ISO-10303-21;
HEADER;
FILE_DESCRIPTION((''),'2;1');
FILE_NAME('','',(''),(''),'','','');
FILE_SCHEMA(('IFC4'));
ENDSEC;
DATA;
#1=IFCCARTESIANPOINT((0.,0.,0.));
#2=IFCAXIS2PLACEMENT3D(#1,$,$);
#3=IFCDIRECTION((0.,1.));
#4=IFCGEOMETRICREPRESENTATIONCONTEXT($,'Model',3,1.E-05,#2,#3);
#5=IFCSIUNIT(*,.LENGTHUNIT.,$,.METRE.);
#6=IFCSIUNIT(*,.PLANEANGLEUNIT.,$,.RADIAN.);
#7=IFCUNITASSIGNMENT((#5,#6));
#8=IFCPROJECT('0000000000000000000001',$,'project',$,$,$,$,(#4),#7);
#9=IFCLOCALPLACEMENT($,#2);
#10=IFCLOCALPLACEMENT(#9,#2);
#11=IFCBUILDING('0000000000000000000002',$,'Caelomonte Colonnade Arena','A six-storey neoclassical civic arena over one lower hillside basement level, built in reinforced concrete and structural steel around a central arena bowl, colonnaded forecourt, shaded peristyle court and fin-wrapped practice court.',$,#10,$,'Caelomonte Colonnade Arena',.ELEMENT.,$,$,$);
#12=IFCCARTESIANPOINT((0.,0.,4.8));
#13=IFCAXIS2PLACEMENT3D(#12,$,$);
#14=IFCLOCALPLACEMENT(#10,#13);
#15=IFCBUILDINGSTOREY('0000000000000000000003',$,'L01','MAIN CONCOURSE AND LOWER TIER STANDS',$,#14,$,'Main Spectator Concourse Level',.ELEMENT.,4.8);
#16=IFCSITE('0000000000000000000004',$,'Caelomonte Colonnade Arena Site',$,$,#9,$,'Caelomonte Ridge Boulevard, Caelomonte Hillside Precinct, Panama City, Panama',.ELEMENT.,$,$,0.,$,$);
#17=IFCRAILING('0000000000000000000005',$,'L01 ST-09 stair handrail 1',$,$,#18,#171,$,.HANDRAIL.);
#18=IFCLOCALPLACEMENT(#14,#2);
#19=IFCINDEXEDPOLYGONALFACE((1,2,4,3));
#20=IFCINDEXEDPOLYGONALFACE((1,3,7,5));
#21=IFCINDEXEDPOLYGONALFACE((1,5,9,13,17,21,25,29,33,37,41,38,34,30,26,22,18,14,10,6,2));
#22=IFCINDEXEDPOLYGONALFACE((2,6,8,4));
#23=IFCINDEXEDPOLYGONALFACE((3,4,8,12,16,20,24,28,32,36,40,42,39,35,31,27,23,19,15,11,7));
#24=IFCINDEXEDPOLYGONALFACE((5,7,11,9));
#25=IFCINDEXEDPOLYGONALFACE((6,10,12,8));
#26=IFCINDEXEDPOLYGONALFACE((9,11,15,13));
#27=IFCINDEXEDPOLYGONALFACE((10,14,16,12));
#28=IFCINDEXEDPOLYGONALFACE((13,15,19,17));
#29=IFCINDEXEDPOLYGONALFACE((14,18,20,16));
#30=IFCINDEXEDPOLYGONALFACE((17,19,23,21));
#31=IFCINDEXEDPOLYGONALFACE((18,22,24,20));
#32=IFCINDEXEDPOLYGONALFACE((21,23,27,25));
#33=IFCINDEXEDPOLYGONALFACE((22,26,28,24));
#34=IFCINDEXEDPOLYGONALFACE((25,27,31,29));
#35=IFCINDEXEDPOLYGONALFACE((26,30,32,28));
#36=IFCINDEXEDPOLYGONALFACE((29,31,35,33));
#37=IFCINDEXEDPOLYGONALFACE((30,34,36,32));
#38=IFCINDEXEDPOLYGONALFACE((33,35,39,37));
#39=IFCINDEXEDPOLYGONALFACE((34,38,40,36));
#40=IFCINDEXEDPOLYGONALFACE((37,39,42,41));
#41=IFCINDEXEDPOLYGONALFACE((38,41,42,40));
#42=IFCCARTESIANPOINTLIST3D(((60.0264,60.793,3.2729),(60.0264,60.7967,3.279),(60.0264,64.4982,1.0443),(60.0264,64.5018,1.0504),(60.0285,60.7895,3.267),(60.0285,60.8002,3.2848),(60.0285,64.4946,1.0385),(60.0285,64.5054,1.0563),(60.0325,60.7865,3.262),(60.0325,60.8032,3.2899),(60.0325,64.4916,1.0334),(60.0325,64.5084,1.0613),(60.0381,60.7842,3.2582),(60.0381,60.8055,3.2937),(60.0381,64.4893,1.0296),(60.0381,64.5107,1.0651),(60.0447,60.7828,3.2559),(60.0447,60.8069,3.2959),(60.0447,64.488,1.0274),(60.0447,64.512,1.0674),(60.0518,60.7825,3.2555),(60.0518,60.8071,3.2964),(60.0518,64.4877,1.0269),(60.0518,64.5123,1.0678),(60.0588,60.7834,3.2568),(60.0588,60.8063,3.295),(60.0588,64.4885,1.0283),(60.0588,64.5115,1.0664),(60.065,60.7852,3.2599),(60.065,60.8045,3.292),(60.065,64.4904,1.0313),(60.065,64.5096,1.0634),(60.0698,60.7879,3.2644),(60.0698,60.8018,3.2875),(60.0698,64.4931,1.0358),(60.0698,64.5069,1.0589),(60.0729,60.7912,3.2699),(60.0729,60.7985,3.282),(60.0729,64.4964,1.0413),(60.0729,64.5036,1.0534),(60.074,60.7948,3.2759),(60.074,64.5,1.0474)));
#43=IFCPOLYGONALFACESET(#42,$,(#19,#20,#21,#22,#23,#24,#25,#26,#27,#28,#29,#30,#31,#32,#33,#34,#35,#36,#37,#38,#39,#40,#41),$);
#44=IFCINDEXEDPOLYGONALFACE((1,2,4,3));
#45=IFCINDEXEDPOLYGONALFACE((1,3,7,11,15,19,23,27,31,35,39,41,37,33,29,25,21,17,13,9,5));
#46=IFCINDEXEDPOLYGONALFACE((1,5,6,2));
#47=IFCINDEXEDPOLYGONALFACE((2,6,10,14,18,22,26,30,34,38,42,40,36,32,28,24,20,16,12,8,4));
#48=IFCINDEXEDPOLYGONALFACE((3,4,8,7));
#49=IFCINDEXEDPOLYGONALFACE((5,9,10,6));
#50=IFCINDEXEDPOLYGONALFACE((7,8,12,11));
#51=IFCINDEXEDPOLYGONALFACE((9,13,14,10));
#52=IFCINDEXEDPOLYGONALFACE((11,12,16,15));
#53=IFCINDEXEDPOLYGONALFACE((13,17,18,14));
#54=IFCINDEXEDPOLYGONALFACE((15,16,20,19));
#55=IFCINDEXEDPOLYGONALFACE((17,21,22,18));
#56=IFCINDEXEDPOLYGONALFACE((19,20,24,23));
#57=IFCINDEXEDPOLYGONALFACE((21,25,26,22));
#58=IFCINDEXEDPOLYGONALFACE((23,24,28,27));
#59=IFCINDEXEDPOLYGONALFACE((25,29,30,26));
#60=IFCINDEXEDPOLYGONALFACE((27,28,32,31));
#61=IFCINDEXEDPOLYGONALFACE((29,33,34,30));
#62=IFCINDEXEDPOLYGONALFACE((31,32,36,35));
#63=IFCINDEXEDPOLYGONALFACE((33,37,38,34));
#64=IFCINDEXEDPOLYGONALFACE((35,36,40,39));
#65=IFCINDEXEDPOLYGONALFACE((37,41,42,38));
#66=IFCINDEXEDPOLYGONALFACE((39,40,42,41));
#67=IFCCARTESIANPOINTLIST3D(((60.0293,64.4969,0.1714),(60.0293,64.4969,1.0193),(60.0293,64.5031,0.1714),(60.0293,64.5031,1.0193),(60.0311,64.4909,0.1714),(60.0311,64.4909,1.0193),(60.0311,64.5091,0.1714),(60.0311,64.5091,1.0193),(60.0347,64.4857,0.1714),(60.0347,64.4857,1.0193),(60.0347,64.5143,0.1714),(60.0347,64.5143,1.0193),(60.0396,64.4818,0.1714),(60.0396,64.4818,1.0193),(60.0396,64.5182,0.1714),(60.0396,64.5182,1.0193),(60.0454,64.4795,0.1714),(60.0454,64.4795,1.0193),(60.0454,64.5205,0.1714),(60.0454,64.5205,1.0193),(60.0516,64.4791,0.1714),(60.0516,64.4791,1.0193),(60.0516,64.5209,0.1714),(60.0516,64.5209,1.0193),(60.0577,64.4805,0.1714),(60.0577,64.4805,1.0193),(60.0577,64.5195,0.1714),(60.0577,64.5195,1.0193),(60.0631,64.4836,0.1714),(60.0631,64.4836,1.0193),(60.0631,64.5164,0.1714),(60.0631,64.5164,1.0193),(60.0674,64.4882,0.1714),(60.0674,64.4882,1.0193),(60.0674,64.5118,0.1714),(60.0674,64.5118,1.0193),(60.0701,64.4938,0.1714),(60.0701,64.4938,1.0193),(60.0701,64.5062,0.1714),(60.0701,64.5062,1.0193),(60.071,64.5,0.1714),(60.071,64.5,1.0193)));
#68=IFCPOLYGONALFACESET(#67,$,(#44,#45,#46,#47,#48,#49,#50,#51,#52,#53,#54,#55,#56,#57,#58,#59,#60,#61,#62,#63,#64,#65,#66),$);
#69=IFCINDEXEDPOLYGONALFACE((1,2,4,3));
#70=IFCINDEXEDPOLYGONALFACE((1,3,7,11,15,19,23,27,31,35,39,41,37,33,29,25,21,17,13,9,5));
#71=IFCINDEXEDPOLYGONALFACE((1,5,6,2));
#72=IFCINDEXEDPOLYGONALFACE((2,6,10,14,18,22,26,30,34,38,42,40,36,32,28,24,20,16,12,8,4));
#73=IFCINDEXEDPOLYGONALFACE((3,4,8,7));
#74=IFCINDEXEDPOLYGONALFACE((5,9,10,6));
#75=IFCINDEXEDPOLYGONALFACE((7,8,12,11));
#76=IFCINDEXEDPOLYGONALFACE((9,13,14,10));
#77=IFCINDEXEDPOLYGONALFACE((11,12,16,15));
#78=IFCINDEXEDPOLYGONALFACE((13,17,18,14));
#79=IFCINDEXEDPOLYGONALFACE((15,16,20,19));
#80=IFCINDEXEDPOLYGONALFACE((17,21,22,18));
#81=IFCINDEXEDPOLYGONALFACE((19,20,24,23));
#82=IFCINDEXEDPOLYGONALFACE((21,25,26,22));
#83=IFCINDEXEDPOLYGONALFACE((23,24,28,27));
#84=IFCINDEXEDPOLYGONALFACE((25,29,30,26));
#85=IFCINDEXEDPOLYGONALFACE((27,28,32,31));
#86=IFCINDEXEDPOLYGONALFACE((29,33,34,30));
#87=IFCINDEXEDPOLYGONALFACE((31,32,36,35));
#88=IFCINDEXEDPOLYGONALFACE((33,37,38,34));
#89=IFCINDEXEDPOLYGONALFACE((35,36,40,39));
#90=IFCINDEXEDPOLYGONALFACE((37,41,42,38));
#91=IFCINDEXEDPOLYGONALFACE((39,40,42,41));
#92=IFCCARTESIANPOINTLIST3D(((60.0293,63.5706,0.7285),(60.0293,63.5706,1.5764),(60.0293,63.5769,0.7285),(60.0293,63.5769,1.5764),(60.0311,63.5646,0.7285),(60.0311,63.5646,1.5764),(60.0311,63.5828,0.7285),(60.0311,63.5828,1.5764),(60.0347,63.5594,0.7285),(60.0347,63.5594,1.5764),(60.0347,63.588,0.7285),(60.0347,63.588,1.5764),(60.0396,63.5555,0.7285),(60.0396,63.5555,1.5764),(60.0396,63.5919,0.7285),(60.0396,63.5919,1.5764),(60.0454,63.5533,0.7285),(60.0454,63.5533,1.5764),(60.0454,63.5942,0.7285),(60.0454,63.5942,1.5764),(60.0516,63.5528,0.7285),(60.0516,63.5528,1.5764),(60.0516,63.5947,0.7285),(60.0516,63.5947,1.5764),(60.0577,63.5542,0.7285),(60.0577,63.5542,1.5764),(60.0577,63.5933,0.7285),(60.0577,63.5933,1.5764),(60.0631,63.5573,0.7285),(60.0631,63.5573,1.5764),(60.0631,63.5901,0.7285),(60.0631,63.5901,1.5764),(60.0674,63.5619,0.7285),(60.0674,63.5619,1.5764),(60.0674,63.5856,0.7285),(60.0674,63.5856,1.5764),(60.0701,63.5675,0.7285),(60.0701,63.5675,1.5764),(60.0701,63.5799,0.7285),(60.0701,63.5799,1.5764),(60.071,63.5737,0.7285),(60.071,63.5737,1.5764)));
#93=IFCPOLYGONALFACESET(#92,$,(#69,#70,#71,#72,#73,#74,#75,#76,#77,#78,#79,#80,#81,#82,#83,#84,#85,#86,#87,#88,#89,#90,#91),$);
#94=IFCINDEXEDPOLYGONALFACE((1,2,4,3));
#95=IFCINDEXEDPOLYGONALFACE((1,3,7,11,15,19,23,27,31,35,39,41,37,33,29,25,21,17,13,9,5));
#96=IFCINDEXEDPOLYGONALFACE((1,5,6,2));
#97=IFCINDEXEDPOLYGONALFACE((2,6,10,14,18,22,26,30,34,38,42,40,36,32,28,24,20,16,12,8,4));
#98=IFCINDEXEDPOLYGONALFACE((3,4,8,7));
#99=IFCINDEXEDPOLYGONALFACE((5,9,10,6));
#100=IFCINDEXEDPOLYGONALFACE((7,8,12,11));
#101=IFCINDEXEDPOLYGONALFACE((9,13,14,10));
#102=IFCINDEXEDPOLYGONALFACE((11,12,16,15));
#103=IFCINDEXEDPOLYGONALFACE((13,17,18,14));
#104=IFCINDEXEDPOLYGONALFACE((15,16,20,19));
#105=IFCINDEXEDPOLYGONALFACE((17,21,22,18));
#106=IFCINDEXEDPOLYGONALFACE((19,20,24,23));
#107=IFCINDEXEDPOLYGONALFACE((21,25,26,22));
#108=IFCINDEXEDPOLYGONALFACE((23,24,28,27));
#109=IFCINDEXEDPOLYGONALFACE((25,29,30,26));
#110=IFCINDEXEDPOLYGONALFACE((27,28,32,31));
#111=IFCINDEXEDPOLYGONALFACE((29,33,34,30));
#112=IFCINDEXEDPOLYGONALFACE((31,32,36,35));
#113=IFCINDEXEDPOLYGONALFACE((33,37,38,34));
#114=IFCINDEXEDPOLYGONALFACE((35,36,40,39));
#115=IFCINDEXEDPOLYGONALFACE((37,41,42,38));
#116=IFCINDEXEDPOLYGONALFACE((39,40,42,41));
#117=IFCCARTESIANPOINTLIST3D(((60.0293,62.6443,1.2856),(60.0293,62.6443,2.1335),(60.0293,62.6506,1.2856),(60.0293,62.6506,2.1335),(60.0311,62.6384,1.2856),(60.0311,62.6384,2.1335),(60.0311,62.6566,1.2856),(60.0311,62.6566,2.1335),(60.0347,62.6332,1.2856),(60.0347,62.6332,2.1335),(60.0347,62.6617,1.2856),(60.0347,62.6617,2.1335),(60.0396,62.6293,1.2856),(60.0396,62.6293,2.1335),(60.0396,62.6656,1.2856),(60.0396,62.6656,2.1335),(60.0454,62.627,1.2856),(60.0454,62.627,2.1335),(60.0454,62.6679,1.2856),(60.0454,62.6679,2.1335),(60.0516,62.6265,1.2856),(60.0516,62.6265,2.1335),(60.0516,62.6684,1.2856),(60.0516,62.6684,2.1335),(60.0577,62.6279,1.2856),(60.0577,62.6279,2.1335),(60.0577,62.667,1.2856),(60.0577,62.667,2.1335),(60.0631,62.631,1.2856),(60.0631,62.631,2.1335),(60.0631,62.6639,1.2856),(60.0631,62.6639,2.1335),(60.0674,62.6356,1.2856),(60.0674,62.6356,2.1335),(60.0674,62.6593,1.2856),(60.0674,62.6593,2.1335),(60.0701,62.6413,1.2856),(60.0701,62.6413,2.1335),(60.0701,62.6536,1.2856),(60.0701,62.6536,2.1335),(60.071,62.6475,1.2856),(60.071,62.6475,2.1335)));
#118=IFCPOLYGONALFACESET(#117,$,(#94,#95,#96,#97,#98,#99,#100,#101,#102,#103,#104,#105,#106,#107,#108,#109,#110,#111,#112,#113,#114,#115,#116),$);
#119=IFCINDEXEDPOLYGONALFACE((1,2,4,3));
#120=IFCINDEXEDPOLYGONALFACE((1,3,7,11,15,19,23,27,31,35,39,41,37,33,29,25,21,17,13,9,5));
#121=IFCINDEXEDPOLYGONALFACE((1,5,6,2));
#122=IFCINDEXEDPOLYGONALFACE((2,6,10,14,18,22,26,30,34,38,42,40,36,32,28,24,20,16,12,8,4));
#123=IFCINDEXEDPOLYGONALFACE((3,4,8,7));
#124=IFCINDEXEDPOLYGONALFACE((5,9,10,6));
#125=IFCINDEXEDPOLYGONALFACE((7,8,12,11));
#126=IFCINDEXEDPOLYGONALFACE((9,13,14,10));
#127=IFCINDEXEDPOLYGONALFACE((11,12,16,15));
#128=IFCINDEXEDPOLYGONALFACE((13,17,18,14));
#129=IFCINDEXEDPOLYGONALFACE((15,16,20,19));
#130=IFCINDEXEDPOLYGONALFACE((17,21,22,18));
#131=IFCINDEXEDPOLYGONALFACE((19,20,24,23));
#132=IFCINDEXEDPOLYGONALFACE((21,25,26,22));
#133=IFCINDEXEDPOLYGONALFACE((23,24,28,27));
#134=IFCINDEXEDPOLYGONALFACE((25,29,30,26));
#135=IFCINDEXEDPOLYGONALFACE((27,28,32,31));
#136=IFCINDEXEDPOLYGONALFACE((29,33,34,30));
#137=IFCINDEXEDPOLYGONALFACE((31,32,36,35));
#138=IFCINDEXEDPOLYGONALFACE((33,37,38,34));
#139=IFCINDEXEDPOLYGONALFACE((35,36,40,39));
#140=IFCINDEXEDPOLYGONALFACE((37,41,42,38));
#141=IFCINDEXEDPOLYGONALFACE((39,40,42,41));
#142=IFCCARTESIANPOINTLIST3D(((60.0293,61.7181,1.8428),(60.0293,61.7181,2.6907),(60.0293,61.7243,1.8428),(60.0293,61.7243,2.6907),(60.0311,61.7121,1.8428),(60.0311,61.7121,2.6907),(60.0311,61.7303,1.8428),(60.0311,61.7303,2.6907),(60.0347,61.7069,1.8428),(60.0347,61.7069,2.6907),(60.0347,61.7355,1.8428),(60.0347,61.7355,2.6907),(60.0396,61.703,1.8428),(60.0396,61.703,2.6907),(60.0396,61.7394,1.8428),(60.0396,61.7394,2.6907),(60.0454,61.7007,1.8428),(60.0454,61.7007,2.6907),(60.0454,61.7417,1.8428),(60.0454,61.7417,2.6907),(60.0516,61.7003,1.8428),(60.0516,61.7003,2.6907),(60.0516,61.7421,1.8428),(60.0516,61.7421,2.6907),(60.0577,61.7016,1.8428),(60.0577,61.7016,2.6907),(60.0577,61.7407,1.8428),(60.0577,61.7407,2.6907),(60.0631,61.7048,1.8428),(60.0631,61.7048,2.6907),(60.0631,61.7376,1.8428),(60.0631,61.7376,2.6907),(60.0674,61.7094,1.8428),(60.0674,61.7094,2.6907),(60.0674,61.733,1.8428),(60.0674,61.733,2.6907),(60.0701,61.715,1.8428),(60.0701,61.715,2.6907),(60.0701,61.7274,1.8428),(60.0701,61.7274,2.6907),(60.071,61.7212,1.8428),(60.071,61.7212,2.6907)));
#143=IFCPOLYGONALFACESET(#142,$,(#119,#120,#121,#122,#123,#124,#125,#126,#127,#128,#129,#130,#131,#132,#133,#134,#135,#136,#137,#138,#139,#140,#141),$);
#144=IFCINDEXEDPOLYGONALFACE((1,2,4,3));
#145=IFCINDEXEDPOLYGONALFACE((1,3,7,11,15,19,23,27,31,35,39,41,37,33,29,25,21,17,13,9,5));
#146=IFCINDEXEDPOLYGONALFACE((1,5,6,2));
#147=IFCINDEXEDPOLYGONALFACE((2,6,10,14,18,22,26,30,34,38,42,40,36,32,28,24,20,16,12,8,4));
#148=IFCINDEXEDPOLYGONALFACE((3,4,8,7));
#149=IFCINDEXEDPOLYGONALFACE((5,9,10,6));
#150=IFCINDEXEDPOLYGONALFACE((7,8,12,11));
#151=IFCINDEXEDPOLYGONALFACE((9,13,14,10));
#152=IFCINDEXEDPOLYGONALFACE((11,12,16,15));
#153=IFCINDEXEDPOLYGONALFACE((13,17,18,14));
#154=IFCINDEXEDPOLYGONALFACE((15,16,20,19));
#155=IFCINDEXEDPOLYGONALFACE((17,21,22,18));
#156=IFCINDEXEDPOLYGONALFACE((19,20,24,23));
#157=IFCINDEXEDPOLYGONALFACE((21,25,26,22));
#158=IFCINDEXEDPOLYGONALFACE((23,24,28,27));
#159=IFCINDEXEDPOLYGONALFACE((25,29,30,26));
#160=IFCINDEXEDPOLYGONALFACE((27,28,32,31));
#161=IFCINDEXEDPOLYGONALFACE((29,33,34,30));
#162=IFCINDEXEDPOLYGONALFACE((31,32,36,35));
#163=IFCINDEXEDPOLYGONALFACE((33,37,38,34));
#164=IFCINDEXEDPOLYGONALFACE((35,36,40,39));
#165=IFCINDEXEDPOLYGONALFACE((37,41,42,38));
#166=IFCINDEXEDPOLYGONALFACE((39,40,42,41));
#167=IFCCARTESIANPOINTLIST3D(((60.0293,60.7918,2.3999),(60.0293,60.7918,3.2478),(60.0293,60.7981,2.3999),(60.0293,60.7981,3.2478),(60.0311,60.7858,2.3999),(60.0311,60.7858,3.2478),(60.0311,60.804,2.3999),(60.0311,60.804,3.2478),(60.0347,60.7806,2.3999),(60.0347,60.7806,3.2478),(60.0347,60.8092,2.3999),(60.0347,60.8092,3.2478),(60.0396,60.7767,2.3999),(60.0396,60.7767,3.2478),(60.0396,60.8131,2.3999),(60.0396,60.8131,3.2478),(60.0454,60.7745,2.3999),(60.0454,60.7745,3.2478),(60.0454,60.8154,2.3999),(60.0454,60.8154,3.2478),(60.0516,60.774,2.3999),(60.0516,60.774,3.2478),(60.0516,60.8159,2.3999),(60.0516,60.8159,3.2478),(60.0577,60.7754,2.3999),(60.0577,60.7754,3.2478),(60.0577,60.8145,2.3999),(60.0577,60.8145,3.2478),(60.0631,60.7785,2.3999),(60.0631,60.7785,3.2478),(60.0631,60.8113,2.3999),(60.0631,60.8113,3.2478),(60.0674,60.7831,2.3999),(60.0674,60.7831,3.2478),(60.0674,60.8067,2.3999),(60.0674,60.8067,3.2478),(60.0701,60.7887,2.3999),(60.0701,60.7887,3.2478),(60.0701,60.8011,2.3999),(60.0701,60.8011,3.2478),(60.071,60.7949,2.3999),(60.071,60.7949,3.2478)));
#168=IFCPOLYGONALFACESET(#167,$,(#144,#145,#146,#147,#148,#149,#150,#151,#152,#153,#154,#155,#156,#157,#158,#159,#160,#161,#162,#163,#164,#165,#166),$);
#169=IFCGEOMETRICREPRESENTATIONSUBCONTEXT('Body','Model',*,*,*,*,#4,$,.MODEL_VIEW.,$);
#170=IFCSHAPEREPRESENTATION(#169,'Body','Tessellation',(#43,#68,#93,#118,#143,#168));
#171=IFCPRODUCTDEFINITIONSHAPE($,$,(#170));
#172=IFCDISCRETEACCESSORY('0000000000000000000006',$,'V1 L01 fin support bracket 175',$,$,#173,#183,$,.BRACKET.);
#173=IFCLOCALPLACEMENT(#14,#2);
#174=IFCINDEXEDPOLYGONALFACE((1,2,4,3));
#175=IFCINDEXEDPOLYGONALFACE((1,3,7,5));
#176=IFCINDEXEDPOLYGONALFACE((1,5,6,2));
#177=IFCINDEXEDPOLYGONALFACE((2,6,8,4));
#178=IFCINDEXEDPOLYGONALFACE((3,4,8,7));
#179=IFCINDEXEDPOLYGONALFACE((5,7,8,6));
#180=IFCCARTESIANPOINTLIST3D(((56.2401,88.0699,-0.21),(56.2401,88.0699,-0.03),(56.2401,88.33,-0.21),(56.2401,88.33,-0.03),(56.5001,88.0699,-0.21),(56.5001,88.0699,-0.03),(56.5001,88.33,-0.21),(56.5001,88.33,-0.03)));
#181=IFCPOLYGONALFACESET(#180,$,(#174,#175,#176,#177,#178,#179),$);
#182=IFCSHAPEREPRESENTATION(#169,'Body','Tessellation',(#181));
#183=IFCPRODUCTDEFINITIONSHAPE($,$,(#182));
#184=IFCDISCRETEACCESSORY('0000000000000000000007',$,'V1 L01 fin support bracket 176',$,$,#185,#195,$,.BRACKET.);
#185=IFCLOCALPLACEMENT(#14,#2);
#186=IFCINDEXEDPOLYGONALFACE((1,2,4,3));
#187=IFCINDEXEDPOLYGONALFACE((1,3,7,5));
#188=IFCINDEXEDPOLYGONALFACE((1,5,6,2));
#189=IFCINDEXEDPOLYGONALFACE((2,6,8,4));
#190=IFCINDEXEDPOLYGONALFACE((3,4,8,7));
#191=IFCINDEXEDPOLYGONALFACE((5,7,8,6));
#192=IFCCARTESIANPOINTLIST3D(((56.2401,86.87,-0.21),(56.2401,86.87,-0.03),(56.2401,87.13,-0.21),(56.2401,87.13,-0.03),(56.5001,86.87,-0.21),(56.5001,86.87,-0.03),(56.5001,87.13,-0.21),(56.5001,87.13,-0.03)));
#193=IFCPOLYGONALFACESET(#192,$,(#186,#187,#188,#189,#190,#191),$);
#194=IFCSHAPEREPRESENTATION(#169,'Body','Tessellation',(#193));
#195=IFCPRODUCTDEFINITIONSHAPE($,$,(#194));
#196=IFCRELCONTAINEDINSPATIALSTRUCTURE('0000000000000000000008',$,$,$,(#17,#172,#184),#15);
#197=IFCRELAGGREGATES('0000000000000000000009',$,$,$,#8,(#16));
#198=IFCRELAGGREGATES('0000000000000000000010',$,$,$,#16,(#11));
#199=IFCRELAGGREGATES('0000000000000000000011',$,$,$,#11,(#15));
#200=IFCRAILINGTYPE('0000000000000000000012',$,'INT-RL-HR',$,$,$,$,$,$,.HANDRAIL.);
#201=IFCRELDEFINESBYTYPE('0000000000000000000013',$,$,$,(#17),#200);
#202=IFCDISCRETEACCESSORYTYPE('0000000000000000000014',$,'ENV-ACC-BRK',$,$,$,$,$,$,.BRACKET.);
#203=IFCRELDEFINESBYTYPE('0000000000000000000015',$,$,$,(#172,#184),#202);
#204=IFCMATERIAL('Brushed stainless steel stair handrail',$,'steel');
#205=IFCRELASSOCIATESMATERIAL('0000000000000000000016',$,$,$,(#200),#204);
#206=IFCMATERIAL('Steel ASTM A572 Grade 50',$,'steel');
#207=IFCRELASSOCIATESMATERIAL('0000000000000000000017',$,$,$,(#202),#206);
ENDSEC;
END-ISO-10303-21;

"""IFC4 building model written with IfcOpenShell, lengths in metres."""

from ifc_helpers import new_model, si_unit, direction, frame, origin, origin_2d, place, context, subcontext, project, spatial, rectangle, circle, extrude, material, type_object, element, save


model = new_model("IFC4")

# Units and contexts
model_context = context("Model", 3, precision=1e-05, world=origin(), true_north=direction((0.0, 1.0)))
body_context = subcontext(model_context, "Body", "Model", "MODEL_VIEW")
ifc_project = project(units=[si_unit("LENGTHUNIT", "METRE"), si_unit("PLANEANGLEUNIT", "RADIAN")], contexts=[model_context])

# Site, building, storey
site_placement = place(None, origin())
site = spatial("IfcSite", under=ifc_project, at=site_placement, Name="Caelomonte Colonnade Arena Site", LongName="Caelomonte Ridge Boulevard, Caelomonte Hillside Precinct, Panama City, Panama", CompositionType="ELEMENT", RefElevation=0.0)
building_placement = place(site_placement, origin())
building = spatial("IfcBuilding", under=site, at=building_placement, Name="Caelomonte Colonnade Arena", Description="A six-storey neoclassical civic arena over one lower hillside basement level, built in reinforced concrete and structural steel around a central arena bowl, colonnaded forecourt, shaded peristyle court and fin-wrapped practice court.", LongName="Caelomonte Colonnade Arena", CompositionType="ELEMENT")
storey_placement = place(building_placement, frame((0.0, 0.0, 4.8)))
storey = spatial("IfcBuildingStorey", under=building, at=storey_placement, Name="L01", Description="MAIN CONCOURSE AND LOWER TIER STANDS", LongName="Main Spectator Concourse Level", CompositionType="ELEMENT", Elevation=4.8)

# Railing
ifc_material_1 = material(Name="Brushed stainless steel stair handrail", Category="steel")
railing_type_1 = type_object("IfcRailingType", Name="INT-RL-HR", PredefinedType="HANDRAIL", material=ifc_material_1)
railing_1_placement = place(storey_placement, frame((60.05, 64.5, 0.1714)))
element("IfcRailing", 1, at=railing_1_placement, inside=storey, type_object=railing_type_1, Name="L01 ST-09 stair handrail 1", PredefinedType="HANDRAIL", context=body_context, shape_type="SweptSolid", body=[
    extrude(circle(Radius=0.0239, at=origin_2d()), frame((0.0, 0.0, 0.876), z_axis=(0.0, -0.856934, 0.515425), x_axis=(1.0, 0.0, 0.0)), (0.0, 0.0, 1.0), 4.3237),
    extrude(circle(Radius=0.021, at=origin_2d()), origin(), (0.0, 0.0, 1.0), 0.8479),
    extrude(circle(Radius=0.021, at=origin_2d()), frame((0.0, -0.9263, 0.5571)), (0.0, 0.0, 1.0), 0.8479),
    extrude(circle(Radius=0.021, at=origin_2d()), frame((0.0, -1.8525, 1.1143)), (0.0, 0.0, 1.0), 0.8479),
    extrude(circle(Radius=0.021, at=origin_2d()), frame((0.0, -2.7788, 1.6714)), (0.0, 0.0, 1.0), 0.8479),
    extrude(circle(Radius=0.021, at=origin_2d()), frame((0.0, -3.7051, 2.2285)), (0.0, 0.0, 1.0), 0.8479),
])

# Discrete accessories
ifc_material_2 = material(Name="Steel ASTM A572 Grade 50", Category="steel")
discrete_accessory_type = type_object("IfcDiscreteAccessoryType", Name="ENV-ACC-BRK", PredefinedType="BRACKET", material=ifc_material_2)
for number, where, z_axis, x_axis, name in (
    (2, (56.3701, 88.2, -0.21), (0.0, 0.0, 1.0), (0.0, -1.0, 0.0), "V1 L01 fin support bracket 175"),
    (3, (56.3701, 87.0, -0.21), (0.0, 0.0, 1.0), (0.0, -1.0, 0.0), "V1 L01 fin support bracket 176"),
):
    element("IfcDiscreteAccessory", number, at=place(storey_placement, frame(where, z_axis=z_axis, x_axis=x_axis)), inside=storey, type_object=discrete_accessory_type, Name=name, PredefinedType="BRACKET", context=body_context, shape_type="SweptSolid", body=[
        extrude(rectangle(XDim=0.26, YDim=0.26, at=origin_2d()), origin(), (0.0, 0.0, 1.0), 0.1799),
    ])

save(model, "model.ifc")
